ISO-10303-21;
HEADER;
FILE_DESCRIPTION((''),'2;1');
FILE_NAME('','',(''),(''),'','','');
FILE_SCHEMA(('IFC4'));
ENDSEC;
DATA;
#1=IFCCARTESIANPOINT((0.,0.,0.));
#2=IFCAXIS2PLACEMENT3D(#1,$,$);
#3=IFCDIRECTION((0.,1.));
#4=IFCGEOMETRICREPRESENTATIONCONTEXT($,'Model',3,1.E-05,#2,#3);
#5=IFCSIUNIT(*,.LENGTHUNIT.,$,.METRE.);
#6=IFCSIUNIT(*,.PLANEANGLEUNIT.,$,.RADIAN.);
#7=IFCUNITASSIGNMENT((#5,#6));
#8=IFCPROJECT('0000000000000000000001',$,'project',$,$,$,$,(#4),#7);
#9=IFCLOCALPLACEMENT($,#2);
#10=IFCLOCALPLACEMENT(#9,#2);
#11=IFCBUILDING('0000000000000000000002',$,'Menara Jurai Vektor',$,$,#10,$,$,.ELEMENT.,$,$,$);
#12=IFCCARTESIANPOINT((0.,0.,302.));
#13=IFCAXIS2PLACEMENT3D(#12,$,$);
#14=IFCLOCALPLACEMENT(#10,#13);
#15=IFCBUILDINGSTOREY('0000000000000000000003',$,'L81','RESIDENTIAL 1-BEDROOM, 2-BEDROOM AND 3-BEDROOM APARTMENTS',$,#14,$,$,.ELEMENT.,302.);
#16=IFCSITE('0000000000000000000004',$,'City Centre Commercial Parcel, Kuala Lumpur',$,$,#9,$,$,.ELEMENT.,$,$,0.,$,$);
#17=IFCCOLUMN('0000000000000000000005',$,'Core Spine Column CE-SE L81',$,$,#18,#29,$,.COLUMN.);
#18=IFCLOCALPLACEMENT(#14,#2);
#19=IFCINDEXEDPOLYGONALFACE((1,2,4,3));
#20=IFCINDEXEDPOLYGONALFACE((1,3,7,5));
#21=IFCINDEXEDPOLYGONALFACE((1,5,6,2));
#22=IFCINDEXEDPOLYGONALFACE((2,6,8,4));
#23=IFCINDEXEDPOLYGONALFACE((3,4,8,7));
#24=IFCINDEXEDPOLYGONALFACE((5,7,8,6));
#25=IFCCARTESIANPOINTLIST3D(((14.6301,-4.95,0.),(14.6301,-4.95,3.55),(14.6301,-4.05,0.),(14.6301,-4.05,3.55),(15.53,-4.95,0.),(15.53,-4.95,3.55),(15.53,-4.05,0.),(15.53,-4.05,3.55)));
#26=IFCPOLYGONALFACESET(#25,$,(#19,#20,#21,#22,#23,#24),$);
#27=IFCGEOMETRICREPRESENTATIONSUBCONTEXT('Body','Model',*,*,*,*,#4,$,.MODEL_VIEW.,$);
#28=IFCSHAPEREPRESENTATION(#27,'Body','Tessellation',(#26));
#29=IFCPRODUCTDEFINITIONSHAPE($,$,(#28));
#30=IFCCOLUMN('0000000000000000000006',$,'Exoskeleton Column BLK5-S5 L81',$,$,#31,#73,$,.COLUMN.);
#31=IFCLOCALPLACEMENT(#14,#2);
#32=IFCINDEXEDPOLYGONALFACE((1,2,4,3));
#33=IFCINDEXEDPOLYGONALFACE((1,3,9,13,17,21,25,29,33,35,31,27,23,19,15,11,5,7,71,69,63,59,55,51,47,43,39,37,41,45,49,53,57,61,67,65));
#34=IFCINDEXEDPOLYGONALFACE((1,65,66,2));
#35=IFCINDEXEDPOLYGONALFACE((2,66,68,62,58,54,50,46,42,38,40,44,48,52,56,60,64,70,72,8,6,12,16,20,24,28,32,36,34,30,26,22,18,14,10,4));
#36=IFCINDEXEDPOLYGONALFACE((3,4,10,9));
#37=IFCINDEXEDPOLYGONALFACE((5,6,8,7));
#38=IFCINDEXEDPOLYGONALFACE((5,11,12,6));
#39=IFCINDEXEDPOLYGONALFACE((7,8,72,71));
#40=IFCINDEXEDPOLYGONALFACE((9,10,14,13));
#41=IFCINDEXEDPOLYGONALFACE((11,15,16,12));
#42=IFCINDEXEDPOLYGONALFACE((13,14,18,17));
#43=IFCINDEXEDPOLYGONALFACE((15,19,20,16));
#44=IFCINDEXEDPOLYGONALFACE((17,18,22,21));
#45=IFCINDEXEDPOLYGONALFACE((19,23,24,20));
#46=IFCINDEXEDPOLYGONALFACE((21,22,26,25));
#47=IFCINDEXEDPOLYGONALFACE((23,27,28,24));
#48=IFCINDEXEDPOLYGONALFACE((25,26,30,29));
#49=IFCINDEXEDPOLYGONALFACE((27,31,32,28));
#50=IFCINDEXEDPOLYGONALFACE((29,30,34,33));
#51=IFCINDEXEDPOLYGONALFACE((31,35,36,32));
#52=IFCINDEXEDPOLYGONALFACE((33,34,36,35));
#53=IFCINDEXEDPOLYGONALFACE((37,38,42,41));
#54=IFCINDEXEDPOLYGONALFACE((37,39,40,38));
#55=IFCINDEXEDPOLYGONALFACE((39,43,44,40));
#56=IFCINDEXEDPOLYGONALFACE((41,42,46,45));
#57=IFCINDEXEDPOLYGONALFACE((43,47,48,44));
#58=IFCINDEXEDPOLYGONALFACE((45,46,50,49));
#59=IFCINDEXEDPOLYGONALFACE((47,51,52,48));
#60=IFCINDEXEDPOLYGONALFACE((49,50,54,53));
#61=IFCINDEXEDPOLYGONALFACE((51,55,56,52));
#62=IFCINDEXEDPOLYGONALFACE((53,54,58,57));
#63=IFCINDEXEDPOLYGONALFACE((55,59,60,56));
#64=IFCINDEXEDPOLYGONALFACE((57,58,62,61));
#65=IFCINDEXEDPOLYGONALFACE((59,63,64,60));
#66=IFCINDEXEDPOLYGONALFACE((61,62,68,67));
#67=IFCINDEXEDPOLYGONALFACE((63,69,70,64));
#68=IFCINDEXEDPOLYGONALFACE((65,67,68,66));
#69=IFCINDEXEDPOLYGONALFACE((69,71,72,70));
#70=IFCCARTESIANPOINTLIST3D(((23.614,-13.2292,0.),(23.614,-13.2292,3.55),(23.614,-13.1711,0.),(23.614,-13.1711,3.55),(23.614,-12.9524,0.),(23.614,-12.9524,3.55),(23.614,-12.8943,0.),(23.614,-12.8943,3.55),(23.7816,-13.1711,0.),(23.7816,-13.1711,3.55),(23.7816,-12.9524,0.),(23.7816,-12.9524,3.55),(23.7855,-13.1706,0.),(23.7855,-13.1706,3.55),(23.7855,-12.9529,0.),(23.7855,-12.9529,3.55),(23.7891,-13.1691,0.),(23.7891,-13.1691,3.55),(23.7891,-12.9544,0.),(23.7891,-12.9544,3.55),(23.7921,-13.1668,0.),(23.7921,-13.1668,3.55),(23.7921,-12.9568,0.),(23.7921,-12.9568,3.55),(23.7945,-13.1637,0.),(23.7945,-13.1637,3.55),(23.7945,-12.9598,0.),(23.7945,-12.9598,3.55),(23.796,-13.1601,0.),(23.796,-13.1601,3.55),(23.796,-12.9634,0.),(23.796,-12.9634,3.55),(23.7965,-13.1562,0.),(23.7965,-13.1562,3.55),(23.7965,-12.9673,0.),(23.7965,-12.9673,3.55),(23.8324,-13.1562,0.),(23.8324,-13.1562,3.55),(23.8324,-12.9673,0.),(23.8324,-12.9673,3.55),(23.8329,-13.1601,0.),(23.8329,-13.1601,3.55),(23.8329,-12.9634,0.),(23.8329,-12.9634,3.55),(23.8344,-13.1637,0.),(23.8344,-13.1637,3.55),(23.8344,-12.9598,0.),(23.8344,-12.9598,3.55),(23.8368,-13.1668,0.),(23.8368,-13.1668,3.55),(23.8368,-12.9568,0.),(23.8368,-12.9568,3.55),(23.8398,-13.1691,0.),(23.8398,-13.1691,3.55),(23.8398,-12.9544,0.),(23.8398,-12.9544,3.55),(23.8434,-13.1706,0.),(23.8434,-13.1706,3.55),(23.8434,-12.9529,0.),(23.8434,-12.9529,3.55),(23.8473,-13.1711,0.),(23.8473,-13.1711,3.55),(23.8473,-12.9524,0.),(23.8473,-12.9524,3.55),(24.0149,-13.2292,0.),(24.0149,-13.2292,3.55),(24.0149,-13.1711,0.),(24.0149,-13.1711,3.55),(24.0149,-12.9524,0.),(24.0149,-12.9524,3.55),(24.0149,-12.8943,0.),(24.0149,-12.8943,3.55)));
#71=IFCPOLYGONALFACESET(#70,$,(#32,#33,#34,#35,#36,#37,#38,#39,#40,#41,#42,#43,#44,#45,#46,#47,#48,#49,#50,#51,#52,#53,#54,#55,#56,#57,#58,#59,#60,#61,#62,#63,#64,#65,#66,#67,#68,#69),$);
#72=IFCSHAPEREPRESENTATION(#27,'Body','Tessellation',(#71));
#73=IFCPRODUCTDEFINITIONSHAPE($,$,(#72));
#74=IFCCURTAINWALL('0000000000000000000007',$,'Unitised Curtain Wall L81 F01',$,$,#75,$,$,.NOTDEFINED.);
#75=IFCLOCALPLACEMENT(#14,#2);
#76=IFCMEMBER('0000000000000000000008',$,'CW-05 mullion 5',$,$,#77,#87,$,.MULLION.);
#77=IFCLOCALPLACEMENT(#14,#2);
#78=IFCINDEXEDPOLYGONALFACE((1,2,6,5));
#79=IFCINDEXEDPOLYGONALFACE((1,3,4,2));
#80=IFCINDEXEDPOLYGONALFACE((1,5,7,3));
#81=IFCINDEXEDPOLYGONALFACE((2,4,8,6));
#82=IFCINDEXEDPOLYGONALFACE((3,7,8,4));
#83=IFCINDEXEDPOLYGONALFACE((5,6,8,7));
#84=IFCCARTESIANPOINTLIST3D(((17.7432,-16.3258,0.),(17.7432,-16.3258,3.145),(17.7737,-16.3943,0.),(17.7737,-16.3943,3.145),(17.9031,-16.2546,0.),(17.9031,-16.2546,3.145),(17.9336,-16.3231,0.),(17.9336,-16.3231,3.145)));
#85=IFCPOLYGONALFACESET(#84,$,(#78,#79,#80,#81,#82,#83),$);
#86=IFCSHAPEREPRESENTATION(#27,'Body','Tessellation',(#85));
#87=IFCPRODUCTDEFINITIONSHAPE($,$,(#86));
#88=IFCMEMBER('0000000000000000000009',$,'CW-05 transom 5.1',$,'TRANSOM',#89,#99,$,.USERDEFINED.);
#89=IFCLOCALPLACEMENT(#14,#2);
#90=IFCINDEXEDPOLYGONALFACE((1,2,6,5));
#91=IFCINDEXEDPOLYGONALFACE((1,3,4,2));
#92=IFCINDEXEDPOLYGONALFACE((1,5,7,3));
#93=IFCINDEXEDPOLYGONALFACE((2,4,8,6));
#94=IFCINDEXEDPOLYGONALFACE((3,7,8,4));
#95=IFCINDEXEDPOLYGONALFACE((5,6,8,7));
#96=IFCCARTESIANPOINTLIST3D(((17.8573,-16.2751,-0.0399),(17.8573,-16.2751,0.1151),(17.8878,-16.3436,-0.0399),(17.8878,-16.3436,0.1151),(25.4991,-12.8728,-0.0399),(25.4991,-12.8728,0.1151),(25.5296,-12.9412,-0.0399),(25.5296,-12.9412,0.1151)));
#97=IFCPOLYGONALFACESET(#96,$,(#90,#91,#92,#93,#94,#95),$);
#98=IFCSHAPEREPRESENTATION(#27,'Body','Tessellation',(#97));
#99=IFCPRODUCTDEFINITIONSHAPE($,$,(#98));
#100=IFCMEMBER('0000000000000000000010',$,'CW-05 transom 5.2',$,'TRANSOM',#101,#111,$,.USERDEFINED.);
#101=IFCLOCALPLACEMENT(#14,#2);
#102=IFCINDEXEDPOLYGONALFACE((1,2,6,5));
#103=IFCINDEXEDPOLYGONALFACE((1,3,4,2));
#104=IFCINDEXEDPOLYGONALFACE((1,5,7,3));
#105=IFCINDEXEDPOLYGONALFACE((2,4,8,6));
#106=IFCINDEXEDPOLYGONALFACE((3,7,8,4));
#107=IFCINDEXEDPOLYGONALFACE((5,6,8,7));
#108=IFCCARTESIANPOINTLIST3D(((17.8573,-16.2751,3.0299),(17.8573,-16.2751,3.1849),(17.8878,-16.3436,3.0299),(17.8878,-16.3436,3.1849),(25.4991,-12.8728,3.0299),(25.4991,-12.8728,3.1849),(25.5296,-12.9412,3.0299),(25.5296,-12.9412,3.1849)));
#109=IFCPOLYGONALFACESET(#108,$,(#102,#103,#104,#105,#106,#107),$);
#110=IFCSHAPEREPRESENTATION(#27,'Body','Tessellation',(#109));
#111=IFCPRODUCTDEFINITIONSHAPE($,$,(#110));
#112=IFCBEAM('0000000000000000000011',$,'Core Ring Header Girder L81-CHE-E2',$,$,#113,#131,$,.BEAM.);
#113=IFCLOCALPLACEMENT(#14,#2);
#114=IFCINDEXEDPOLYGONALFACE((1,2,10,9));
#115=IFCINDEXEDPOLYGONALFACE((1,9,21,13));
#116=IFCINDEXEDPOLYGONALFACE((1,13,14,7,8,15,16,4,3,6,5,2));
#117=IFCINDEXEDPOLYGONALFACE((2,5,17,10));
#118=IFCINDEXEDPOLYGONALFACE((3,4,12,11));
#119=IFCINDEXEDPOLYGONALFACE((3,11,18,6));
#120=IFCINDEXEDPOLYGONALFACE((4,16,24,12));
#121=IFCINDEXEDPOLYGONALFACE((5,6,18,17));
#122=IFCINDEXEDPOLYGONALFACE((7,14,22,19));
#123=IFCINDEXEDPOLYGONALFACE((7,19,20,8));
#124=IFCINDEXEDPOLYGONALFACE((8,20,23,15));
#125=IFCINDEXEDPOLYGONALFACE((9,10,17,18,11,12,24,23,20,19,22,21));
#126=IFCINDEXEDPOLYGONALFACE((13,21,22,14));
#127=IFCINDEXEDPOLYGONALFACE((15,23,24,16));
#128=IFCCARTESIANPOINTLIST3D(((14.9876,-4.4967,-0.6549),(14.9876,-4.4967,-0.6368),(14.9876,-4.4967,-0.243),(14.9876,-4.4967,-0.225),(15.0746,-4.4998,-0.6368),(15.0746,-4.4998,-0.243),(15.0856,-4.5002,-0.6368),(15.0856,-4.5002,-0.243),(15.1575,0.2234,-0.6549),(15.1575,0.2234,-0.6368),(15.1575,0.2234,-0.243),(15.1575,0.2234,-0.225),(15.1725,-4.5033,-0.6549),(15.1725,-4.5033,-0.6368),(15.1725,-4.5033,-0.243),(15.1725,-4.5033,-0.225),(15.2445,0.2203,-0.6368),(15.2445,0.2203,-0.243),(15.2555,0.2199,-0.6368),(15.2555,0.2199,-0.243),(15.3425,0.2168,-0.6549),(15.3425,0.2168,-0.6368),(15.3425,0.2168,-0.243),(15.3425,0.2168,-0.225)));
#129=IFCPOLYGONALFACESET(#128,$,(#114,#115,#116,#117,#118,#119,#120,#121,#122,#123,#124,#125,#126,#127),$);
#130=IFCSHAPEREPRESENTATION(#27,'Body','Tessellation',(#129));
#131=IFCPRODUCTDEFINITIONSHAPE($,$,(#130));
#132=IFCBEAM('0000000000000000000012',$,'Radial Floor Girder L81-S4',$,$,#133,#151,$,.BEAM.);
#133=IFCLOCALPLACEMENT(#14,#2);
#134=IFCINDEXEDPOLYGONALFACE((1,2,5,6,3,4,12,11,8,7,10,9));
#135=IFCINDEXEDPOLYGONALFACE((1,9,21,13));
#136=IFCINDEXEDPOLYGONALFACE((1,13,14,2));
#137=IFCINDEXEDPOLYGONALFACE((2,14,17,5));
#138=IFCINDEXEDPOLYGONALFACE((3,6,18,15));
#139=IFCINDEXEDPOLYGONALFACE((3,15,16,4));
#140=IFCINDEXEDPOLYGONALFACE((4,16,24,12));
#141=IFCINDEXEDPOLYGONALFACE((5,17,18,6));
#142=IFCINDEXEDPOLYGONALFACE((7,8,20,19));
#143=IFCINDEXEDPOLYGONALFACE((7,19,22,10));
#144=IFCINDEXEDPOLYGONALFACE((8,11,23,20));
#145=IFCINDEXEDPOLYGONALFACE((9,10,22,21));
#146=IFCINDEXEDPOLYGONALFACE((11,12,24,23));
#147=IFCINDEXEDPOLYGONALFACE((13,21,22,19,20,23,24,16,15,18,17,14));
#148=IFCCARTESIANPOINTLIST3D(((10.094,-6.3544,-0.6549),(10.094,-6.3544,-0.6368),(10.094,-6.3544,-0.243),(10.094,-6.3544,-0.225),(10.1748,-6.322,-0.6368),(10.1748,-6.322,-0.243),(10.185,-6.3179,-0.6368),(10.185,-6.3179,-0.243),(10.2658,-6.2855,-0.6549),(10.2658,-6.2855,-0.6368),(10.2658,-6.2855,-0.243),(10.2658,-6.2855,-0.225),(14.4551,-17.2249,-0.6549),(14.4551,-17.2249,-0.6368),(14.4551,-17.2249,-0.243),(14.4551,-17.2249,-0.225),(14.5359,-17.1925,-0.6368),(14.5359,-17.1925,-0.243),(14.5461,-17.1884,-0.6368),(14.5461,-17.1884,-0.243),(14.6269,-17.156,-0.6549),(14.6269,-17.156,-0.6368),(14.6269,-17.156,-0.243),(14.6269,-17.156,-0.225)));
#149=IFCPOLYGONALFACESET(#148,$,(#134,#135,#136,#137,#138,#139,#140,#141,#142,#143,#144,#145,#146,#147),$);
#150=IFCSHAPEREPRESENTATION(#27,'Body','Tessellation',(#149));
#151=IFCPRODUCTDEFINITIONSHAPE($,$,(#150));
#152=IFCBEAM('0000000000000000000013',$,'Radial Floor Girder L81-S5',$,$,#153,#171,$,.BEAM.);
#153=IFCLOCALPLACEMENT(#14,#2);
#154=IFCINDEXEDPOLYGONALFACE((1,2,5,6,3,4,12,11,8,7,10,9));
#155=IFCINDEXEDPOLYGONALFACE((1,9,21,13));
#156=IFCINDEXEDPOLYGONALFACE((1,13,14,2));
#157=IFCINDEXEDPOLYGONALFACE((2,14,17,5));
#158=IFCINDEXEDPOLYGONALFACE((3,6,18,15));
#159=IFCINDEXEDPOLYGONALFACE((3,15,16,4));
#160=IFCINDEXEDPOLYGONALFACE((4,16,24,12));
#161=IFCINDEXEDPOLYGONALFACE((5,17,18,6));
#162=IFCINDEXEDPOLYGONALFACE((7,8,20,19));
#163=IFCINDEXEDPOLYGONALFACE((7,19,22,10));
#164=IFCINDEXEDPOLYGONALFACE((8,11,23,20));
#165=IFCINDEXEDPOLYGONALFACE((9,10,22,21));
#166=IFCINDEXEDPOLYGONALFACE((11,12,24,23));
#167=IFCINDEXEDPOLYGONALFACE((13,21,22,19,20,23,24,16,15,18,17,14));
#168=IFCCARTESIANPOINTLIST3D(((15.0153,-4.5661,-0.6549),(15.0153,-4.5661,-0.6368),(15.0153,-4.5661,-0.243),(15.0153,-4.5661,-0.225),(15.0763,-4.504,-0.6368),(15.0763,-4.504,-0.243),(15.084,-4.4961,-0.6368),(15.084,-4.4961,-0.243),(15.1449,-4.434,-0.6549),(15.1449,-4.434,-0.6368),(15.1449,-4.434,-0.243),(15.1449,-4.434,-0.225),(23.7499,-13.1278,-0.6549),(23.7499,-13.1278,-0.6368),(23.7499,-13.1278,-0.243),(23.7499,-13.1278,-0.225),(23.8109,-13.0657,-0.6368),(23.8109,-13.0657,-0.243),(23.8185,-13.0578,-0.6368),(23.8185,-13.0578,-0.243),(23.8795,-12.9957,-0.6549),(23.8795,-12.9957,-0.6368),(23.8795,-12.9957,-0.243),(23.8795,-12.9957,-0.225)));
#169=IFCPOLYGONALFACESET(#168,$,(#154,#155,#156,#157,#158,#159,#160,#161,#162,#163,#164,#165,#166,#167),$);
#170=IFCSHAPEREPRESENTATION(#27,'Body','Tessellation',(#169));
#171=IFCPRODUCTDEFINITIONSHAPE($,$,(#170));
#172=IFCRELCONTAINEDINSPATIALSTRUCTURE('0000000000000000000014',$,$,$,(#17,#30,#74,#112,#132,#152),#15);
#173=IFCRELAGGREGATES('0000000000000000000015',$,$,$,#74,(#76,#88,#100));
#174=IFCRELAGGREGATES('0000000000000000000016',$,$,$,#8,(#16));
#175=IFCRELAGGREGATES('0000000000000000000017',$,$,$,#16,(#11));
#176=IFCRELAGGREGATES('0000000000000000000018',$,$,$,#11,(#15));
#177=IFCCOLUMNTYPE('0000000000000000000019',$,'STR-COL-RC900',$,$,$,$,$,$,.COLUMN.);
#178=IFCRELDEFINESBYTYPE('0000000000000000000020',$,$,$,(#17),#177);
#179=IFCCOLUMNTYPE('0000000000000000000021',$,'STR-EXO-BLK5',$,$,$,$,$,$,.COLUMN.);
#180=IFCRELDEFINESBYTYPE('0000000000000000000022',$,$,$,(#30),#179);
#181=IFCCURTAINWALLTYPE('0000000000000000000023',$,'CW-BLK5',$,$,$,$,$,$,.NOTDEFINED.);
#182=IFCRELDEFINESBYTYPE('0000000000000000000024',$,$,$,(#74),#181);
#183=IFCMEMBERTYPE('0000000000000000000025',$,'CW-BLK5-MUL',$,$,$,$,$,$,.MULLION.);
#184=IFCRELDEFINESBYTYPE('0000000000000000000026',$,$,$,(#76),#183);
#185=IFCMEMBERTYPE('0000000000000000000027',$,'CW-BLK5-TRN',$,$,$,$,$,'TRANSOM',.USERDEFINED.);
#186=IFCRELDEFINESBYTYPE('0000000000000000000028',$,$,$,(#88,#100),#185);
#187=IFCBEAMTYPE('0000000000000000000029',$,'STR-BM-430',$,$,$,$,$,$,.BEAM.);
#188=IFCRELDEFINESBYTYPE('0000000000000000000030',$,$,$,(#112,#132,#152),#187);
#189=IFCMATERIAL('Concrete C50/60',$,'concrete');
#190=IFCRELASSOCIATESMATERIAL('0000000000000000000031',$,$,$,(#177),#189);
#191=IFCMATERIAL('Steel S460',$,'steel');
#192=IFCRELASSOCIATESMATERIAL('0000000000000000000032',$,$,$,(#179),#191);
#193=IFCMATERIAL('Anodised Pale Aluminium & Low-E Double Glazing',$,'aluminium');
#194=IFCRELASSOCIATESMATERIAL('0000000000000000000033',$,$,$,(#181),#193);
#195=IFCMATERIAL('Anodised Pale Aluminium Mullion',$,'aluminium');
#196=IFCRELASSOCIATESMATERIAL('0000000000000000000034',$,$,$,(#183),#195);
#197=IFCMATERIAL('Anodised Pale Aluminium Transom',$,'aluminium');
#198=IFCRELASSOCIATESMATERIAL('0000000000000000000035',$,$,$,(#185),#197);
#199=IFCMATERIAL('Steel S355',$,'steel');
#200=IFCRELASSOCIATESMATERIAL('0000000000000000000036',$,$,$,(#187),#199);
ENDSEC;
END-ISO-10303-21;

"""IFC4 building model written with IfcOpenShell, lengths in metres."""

from ifc_helpers import new_model, si_unit, direction, frame, origin, origin_2d, place, context, subcontext, project, spatial, rectangle, i_section, extrude, material, material_profile, profile_set, type_object, element, aggregate, save


model = new_model("IFC4")

# Units and contexts
model_context = context("Model", 3, precision=1e-05, world=origin(), true_north=direction((0.0, 1.0)))
body_context = subcontext(model_context, "Body", "Model", "MODEL_VIEW")
ifc_project = project(units=[si_unit("LENGTHUNIT", "METRE"), si_unit("PLANEANGLEUNIT", "RADIAN")], contexts=[model_context])

# Site, building, storey
site_placement = place(None, origin())
site = spatial("IfcSite", under=ifc_project, at=site_placement, Name="City Centre Commercial Parcel, Kuala Lumpur", CompositionType="ELEMENT", RefElevation=0.0)
building_placement = place(site_placement, origin())
building = spatial("IfcBuilding", under=site, at=building_placement, Name="Menara Jurai Vektor", CompositionType="ELEMENT")
storey_placement = place(building_placement, frame((0.0, 0.0, 302.0)))
storey = spatial("IfcBuildingStorey", under=building, at=storey_placement, Name="L81", Description="RESIDENTIAL 1-BEDROOM, 2-BEDROOM AND 3-BEDROOM APARTMENTS", CompositionType="ELEMENT", Elevation=302.0)

# Columns
ifc_material_1 = material(Name="Concrete C50/60", Category="concrete")
ifc_material_profile_1 = material_profile(ifc_material_1, rectangle(XDim=0.8999, YDim=0.8999, at=origin_2d()), Name="RC 900x900")
ifc_profile_set_1 = profile_set([ifc_material_profile_1], Name="Concrete C50/60")
column_type_1 = type_object("IfcColumnType", Name="STR-COL-RC900", PredefinedType="COLUMN", material=ifc_profile_set_1)
column_1_placement = place(storey_placement, frame((15.0801, -4.5, 0.0), z_axis=(0.0, 0.0, 1.0), x_axis=(1.0, 0.0, 0.0)))
element("IfcColumn", 1, at=column_1_placement, inside=storey, type_object=column_type_1, Name="Core Spine Column CE-SE L81", PredefinedType="COLUMN", context=body_context, shape_type="SweptSolid", body=[
    extrude(rectangle(XDim=0.8999, YDim=0.8999, at=origin_2d()), origin(), (0.0, 0.0, 1.0), 3.55),
])
ifc_material_2 = material(Name="Steel S460", Category="steel")
ifc_material_profile_2 = material_profile(ifc_material_2, i_section(OverallWidth=0.4009, OverallDepth=0.335, WebThickness=0.0359, FlangeThickness=0.0581, FilletRadius=0.0149, at=origin_2d()), Name="HD 400x463")
ifc_profile_set_2 = profile_set([ifc_material_profile_2], Name="Steel S460")
column_type_2 = type_object("IfcColumnType", Name="STR-EXO-BLK5", PredefinedType="COLUMN", material=ifc_profile_set_2)
column_2_placement = place(storey_placement, frame((23.8145, -13.0618, 0.0), z_axis=(0.0, 0.0, 1.0), x_axis=(1.0, 0.0, 0.0)))
element("IfcColumn", 2, at=column_2_placement, inside=storey, type_object=column_type_2, Name="Exoskeleton Column BLK5-S5 L81", PredefinedType="COLUMN", context=body_context, shape_type="SweptSolid", body=[
    extrude(i_section(OverallWidth=0.4009, OverallDepth=0.335, WebThickness=0.0359, FlangeThickness=0.0581, FilletRadius=0.0149, at=origin_2d()), origin(), (0.0, 0.0, 1.0), 3.55),
])

# Curtain wall, members
ifc_material_3 = material(Name="Anodised Pale Aluminium & Low-E Double Glazing", Category="aluminium")
curtain_wall_type = type_object("IfcCurtainWallType", Name="CW-BLK5", PredefinedType="NOTDEFINED", material=ifc_material_3)
curtain_wall_placement = place(storey_placement, origin())
curtain_wall = element("IfcCurtainWall", 3, at=curtain_wall_placement, inside=storey, type_object=curtain_wall_type, Name="Unitised Curtain Wall L81 F01", PredefinedType="NOTDEFINED")
ifc_material_4 = material(Name="Anodised Pale Aluminium Mullion", Category="aluminium")
ifc_material_profile_3 = material_profile(ifc_material_4, rectangle(XDim=0.075, YDim=0.175, at=origin_2d()), Name="ALU MUL 75x175")
ifc_profile_set_3 = profile_set([ifc_material_profile_3], Name="Anodised Pale Aluminium Mullion")
member_type_1 = type_object("IfcMemberType", Name="CW-BLK5-MUL", PredefinedType="MULLION", material=ifc_profile_set_3)
member_1_placement = place(storey_placement, frame((17.8384, -16.3245, 0.0), z_axis=(0.0, 0.0, 1.0), x_axis=(-0.406735, 0.913546, 0.0)))
member_1 = element("IfcMember", 4, at=member_1_placement, type_object=member_type_1, Name="CW-05 mullion 5", PredefinedType="MULLION", context=body_context, shape_type="SweptSolid", body=[
    extrude(rectangle(XDim=0.075, YDim=0.175, at=origin_2d()), origin(), (0.0, 0.0, 1.0), 3.145),
])
ifc_material_5 = material(Name="Anodised Pale Aluminium Transom", Category="aluminium")
ifc_material_profile_4 = material_profile(ifc_material_5, rectangle(XDim=0.075, YDim=0.155, at=origin_2d()), Name="ALU TRN 75x155")
ifc_profile_set_4 = profile_set([ifc_material_profile_4], Name="Anodised Pale Aluminium Transom")
member_type_2 = type_object("IfcMemberType", Name="CW-BLK5-TRN", ElementType="TRANSOM", PredefinedType="USERDEFINED", material=ifc_profile_set_4)
member_2_placement = place(storey_placement, frame((17.8726, -16.3093, 0.0376), z_axis=(0.913547, 0.406734, 0.0), x_axis=(-0.406734, 0.913547, 0.0)))
member_2 = element("IfcMember", 5, at=member_2_placement, type_object=member_type_2, Name="CW-05 transom 5.1", ObjectType="TRANSOM", PredefinedType="USERDEFINED", context=body_context, shape_type="SweptSolid", body=[
    extrude(rectangle(XDim=0.075, YDim=0.155, at=origin_2d()), origin(), (0.0, 0.0, 1.0), 8.365),
])
member_3_placement = place(storey_placement, frame((17.8726, -16.3093, 3.1074), z_axis=(0.913547, 0.406734, 0.0), x_axis=(-0.406734, 0.913547, 0.0)))
member_3 = element("IfcMember", 6, at=member_3_placement, type_object=member_type_2, Name="CW-05 transom 5.2", ObjectType="TRANSOM", PredefinedType="USERDEFINED", context=body_context, shape_type="SweptSolid", body=[
    extrude(rectangle(XDim=0.075, YDim=0.155, at=origin_2d()), origin(), (0.0, 0.0, 1.0), 8.365),
])

# Beams
ifc_material_6 = material(Name="Steel S355", Category="steel")
ifc_material_profile_5 = material_profile(ifc_material_6, i_section(OverallWidth=0.1851, OverallDepth=0.4299, WebThickness=0.011, FlangeThickness=0.0181, at=origin_2d()), Name="PG 430x185x76")
ifc_profile_set_5 = profile_set([ifc_material_profile_5], Name="Steel S355")
beam_type_1 = type_object("IfcBeamType", Name="STR-BM-430", PredefinedType="BEAM", material=ifc_profile_set_5)
beam_1_placement = place(storey_placement, frame((15.0801, -4.5, -0.4399), z_axis=(0.035977, 0.999353, 0.0), x_axis=(-0.999353, 0.035977, 0.0)))
element("IfcBeam", 7, at=beam_1_placement, inside=storey, type_object=beam_type_1, Name="Core Ring Header Girder L81-CHE-E2", PredefinedType="BEAM", context=body_context, shape_type="SweptSolid", body=[
    extrude(i_section(OverallWidth=0.1851, OverallDepth=0.4299, WebThickness=0.011, FlangeThickness=0.0181, at=origin_2d()), origin(), (0.0, 0.0, 1.0), 4.7231),
])
beam_2_placement = place(storey_placement, frame((14.541, -17.1904, -0.4399), z_axis=(-0.372343, 0.928095, 0.0), x_axis=(-0.928095, -0.372343, 0.0)))
element("IfcBeam", 8, at=beam_2_placement, inside=storey, type_object=beam_type_1, Name="Radial Floor Girder L81-S4", PredefinedType="BEAM", context=body_context, shape_type="SweptSolid", body=[
    extrude(i_section(OverallWidth=0.1851, OverallDepth=0.4299, WebThickness=0.011, FlangeThickness=0.0181, at=origin_2d()), origin(), (0.0, 0.0, 1.0), 11.7126),
])
beam_3_placement = place(storey_placement, frame((23.8147, -13.0618, -0.4399), z_axis=(-0.714138, 0.700005, 0.0), x_axis=(-0.700005, -0.714138, 0.0)))
element("IfcBeam", 9, at=beam_3_placement, inside=storey, type_object=beam_type_1, Name="Radial Floor Girder L81-S5", PredefinedType="BEAM", context=body_context, shape_type="SweptSolid", body=[
    extrude(i_section(OverallWidth=0.1851, OverallDepth=0.4299, WebThickness=0.011, FlangeThickness=0.0181, at=origin_2d()), origin(), (0.0, 0.0, 1.0), 12.231),
])

aggregate(curtain_wall, [member_1, member_2, member_3])

save(model, "model.ifc")
